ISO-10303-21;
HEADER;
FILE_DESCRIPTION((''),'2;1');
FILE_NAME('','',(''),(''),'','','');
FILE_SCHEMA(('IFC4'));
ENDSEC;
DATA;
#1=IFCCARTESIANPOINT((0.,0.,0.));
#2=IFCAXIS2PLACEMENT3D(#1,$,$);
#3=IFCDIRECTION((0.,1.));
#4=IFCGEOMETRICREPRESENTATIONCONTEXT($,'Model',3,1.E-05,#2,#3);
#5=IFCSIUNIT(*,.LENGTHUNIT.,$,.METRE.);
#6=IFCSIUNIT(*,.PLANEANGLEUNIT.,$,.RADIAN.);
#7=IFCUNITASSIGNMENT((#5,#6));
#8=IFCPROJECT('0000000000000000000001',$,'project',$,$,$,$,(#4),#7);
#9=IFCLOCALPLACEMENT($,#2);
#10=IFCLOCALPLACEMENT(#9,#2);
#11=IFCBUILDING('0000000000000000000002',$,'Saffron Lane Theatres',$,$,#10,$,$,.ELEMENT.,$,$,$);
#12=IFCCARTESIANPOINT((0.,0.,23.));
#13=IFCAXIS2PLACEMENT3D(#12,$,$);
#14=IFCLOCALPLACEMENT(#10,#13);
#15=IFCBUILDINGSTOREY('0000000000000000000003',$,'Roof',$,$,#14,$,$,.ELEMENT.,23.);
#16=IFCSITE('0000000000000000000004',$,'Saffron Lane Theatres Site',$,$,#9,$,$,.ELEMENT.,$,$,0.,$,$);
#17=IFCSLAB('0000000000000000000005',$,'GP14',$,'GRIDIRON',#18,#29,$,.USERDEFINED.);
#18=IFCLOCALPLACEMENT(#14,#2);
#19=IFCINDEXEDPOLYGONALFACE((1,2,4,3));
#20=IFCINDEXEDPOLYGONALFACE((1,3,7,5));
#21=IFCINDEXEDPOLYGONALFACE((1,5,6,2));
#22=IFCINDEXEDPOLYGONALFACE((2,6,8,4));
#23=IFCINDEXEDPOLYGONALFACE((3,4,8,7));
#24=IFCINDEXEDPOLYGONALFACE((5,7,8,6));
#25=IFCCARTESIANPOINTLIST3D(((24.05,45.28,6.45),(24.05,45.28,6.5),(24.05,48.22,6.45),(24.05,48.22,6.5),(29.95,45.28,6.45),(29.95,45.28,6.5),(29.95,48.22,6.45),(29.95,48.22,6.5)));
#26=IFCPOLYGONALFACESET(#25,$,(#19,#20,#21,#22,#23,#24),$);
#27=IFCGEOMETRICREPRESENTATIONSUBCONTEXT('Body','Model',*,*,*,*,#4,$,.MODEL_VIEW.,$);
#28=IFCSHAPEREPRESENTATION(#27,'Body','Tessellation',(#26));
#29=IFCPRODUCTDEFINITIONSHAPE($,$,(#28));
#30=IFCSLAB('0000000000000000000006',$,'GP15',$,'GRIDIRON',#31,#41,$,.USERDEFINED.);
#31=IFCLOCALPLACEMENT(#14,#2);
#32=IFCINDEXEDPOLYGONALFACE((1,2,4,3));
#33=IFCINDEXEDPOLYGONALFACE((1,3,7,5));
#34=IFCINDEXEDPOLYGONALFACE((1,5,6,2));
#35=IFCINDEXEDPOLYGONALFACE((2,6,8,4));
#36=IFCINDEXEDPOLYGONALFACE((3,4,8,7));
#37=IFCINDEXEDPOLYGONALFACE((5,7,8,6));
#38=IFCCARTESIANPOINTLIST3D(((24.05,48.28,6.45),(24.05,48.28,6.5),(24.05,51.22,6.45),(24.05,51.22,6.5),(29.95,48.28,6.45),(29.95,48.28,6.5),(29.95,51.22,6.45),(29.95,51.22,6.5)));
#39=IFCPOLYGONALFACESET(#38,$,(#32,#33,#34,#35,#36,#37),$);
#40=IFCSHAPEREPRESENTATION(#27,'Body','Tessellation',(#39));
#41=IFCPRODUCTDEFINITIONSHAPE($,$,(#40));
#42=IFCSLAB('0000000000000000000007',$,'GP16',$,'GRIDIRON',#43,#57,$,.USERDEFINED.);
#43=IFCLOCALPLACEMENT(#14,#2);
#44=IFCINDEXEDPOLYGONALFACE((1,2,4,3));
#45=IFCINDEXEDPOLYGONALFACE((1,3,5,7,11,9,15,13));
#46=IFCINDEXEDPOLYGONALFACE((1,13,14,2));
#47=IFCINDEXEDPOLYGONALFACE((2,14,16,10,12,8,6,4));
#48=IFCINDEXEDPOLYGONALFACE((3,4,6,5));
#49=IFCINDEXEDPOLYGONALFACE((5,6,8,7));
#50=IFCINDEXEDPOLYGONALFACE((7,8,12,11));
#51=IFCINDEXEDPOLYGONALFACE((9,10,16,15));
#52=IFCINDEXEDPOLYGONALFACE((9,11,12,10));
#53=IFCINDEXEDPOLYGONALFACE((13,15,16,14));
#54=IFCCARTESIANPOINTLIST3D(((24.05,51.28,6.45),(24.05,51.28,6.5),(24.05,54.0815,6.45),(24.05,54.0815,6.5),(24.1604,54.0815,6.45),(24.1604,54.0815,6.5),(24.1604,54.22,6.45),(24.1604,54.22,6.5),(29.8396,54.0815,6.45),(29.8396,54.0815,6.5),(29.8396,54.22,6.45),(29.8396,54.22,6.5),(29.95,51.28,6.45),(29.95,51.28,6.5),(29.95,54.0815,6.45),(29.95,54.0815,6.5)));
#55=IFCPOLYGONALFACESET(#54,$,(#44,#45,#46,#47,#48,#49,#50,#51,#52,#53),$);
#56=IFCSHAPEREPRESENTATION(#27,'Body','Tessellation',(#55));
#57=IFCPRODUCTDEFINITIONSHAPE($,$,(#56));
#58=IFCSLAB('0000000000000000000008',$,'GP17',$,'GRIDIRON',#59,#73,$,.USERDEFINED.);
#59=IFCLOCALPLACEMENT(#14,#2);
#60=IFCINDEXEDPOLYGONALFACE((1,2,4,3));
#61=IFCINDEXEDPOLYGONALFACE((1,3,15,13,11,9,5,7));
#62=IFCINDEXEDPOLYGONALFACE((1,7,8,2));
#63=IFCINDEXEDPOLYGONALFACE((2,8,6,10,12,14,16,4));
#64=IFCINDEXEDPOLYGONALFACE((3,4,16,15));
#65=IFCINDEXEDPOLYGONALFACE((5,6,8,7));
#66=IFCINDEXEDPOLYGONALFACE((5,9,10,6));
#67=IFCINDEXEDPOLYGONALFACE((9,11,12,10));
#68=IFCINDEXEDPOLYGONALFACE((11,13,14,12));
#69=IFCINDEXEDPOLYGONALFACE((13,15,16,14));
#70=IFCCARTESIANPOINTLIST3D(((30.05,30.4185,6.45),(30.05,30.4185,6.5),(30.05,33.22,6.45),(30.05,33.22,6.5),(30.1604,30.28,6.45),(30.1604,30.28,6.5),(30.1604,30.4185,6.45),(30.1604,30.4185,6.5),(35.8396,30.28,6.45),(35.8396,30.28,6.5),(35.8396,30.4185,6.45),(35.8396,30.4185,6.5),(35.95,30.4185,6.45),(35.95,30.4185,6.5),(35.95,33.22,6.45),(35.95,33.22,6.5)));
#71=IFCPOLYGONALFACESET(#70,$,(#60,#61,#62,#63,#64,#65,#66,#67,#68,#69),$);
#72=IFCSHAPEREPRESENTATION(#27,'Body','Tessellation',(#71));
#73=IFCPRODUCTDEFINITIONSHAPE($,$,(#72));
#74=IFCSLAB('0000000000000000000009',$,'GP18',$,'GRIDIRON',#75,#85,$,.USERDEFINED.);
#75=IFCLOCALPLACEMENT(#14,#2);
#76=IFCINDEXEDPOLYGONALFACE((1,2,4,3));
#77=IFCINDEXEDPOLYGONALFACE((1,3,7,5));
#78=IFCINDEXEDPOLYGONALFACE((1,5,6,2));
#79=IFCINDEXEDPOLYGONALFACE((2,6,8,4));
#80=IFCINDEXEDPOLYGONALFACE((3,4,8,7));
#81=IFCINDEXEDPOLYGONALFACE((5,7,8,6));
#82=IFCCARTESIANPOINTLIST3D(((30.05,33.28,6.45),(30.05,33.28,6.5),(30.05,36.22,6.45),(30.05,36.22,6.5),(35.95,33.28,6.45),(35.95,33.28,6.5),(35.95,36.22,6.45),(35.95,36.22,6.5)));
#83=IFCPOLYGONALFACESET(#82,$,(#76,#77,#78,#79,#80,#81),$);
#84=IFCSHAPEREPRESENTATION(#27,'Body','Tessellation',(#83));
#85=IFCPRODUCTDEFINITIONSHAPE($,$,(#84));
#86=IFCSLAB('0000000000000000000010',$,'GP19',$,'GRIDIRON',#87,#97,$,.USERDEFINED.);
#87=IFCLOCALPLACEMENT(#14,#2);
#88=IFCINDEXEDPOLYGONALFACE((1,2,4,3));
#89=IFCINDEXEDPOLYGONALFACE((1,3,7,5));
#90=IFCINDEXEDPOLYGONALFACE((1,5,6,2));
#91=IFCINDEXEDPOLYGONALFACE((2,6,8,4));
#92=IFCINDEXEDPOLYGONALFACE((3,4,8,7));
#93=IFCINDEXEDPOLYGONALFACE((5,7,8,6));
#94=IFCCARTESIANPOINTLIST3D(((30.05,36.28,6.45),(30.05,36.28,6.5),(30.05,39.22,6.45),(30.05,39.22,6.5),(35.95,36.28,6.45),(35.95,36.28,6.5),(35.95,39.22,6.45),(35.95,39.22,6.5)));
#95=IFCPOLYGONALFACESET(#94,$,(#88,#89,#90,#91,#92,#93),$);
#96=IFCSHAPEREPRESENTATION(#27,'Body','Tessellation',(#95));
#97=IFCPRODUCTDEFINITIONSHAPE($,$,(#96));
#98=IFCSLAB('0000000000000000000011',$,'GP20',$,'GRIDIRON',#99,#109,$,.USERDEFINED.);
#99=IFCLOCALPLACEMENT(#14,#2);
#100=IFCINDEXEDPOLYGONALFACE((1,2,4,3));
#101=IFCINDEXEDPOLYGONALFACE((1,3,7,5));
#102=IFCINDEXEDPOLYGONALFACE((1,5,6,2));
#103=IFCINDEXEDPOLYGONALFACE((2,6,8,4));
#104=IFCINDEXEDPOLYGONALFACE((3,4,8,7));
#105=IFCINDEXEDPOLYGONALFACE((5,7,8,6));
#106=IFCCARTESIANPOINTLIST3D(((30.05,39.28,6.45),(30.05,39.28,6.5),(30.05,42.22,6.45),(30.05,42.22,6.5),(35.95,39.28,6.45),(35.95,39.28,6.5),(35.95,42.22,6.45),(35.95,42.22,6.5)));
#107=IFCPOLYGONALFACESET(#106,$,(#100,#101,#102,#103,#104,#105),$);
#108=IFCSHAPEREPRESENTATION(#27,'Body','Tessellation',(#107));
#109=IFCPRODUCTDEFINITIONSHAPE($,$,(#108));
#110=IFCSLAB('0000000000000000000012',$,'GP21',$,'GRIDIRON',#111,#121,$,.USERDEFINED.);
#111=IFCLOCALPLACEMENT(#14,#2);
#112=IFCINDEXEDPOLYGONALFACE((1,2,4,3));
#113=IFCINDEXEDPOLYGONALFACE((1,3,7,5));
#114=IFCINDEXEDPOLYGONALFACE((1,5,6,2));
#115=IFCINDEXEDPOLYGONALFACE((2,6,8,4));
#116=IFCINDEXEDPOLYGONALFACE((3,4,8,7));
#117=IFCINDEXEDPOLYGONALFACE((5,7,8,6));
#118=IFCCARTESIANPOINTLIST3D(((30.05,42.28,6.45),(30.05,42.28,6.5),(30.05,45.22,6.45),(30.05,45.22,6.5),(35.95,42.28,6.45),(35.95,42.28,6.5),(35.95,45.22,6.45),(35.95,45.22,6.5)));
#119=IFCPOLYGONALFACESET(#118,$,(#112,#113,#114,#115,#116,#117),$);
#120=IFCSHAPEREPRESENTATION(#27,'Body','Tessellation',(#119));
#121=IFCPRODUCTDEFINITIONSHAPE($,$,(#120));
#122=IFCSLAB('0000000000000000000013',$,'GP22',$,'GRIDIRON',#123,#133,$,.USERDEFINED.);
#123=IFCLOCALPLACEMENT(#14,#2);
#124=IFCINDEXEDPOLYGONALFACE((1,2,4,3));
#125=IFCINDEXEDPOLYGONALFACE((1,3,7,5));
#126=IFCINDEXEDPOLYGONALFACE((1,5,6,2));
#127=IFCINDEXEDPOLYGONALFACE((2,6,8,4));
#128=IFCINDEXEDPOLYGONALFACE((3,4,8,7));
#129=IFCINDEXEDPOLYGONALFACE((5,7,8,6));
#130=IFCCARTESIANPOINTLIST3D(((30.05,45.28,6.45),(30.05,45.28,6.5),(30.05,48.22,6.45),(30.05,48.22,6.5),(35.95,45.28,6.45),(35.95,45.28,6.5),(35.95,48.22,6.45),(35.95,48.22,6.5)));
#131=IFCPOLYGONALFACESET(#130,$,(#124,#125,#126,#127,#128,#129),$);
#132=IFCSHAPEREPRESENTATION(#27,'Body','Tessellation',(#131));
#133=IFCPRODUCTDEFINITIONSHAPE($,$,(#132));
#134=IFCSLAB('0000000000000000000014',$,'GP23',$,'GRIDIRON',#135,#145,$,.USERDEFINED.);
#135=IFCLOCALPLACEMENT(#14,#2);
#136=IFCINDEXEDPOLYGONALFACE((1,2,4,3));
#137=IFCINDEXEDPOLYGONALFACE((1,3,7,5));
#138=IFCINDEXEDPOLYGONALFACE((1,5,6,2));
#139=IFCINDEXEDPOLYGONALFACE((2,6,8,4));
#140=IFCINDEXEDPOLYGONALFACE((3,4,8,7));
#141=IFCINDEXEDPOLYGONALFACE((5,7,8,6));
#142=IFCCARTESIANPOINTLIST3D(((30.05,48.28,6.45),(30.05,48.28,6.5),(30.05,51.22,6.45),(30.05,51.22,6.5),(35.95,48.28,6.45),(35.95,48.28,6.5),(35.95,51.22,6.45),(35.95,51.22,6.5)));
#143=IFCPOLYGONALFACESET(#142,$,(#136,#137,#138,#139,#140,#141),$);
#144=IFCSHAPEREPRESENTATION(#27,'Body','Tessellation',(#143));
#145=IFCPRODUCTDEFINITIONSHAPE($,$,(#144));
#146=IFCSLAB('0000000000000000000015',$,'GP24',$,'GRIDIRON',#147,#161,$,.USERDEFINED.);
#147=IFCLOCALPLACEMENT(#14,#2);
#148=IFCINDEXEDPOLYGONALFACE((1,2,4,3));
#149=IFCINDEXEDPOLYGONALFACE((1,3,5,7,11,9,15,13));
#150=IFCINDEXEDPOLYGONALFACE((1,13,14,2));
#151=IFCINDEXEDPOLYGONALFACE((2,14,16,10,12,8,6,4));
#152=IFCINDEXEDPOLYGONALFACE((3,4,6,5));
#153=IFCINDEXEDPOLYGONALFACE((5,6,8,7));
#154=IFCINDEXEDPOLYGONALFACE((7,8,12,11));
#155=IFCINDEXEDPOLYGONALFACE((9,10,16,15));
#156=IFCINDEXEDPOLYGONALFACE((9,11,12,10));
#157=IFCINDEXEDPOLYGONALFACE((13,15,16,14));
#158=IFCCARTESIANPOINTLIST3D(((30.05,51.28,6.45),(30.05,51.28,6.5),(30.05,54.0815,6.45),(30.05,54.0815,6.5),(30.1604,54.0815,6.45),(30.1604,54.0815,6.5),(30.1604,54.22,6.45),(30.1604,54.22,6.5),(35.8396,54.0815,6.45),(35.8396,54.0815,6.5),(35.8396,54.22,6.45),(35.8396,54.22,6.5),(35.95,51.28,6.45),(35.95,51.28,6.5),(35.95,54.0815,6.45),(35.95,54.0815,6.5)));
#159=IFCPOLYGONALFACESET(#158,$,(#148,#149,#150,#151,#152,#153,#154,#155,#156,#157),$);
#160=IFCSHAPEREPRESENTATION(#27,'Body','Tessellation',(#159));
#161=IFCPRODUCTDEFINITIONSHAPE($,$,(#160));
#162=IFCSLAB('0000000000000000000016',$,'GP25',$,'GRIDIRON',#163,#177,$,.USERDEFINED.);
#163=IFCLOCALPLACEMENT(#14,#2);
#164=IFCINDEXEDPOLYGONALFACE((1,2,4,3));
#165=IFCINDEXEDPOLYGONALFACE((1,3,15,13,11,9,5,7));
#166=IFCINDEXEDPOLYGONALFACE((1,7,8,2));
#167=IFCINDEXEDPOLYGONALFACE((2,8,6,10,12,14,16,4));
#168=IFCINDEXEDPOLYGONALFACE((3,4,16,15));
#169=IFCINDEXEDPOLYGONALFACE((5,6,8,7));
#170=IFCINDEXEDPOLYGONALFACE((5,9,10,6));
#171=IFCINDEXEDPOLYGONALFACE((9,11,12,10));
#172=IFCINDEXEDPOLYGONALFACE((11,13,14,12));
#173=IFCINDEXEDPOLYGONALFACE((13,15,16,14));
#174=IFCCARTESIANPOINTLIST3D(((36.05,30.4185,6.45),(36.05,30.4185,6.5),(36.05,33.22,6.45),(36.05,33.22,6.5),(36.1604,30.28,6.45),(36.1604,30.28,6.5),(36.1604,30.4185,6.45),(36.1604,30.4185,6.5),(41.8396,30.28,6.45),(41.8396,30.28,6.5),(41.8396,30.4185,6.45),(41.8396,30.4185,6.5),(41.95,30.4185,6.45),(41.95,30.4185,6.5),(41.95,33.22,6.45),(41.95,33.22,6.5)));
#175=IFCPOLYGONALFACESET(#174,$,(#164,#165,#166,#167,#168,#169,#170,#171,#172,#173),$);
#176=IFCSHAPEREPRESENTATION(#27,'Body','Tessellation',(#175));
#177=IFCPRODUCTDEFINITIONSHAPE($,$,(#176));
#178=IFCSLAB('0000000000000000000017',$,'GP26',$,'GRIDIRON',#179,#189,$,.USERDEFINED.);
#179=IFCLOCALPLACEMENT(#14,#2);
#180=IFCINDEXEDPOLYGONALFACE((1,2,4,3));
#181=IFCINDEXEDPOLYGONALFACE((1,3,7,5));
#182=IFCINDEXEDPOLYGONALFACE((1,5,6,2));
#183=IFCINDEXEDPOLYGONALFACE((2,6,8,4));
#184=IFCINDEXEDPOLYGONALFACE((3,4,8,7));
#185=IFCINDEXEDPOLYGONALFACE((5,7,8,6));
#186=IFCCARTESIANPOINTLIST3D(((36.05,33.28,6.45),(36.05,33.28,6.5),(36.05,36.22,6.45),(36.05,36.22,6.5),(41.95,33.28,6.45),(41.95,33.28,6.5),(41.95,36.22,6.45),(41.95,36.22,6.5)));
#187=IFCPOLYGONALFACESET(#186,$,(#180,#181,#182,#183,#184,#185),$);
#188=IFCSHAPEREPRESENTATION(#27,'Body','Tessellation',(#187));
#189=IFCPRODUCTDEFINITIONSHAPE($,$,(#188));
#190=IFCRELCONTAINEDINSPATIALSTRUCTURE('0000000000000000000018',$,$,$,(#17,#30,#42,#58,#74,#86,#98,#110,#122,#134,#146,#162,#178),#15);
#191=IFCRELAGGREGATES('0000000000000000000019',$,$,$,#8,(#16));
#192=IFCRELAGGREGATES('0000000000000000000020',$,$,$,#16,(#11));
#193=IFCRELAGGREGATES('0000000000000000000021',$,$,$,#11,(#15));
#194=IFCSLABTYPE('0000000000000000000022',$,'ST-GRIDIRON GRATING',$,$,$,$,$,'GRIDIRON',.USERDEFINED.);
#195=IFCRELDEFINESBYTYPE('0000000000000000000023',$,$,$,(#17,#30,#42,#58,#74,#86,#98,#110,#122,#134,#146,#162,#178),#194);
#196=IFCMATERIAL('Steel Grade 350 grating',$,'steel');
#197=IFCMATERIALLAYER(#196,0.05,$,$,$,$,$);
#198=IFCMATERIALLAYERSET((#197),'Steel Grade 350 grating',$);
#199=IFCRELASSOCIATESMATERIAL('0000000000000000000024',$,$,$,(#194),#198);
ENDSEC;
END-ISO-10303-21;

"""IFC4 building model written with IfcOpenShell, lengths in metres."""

from ifc_helpers import new_model, si_unit, direction, frame, origin, place, context, subcontext, project, spatial, polyline, outline, extrude, material, layer, layer_set, type_object, element, save


model = new_model("IFC4")

# Units and contexts
model_context = context("Model", 3, precision=1e-05, world=origin(), true_north=direction((0.0, 1.0)))
body_context = subcontext(model_context, "Body", "Model", "MODEL_VIEW")
ifc_project = project(units=[si_unit("LENGTHUNIT", "METRE"), si_unit("PLANEANGLEUNIT", "RADIAN")], contexts=[model_context])

# Site, building, storey
site_placement = place(None, origin())
site = spatial("IfcSite", under=ifc_project, at=site_placement, Name="Saffron Lane Theatres Site", CompositionType="ELEMENT", RefElevation=0.0)
building_placement = place(site_placement, origin())
building = spatial("IfcBuilding", under=site, at=building_placement, Name="Saffron Lane Theatres", CompositionType="ELEMENT")
storey_placement = place(building_placement, frame((0.0, 0.0, 23.0)))
storey = spatial("IfcBuildingStorey", under=building, at=storey_placement, Name="Roof", CompositionType="ELEMENT", Elevation=23.0)

# Slabs
ifc_material = material(Name="Steel Grade 350 grating", Category="steel")
ifc_layer = layer(ifc_material, 0.05)
ifc_layer_set = layer_set([ifc_layer], Name="Steel Grade 350 grating")
slab_type = type_object("IfcSlabType", Name="ST-GRIDIRON GRATING", ElementType="GRIDIRON", PredefinedType="USERDEFINED", material=ifc_layer_set)
slab_1_placement = place(storey_placement, frame((0.0, 0.0, 6.45)))
element("IfcSlab", 1, at=slab_1_placement, inside=storey, type_object=slab_type, Name="GP14", ObjectType="GRIDIRON", PredefinedType="USERDEFINED", context=body_context, shape_type="SweptSolid", body=[
    extrude(outline(polyline([(29.95, 45.28), (24.05, 45.28), (24.05, 48.22), (29.95, 48.22), (29.95, 45.28)])), origin(), (0.0, 0.0, 1.0), 0.05),
])
slab_2_placement = place(storey_placement, frame((0.0, 0.0, 6.45)))
element("IfcSlab", 2, at=slab_2_placement, inside=storey, type_object=slab_type, Name="GP15", ObjectType="GRIDIRON", PredefinedType="USERDEFINED", context=body_context, shape_type="SweptSolid", body=[
    extrude(outline(polyline([(29.95, 48.28), (24.05, 48.28), (24.05, 51.22), (29.95, 51.22), (29.95, 48.28)])), origin(), (0.0, 0.0, 1.0), 0.05),
])
slab_3_placement = place(storey_placement, frame((0.0, 0.0, 6.45)))
element("IfcSlab", 3, at=slab_3_placement, inside=storey, type_object=slab_type, Name="GP16", ObjectType="GRIDIRON", PredefinedType="USERDEFINED", context=body_context, shape_type="SweptSolid", body=[
    extrude(outline(polyline([(24.1604, 54.22), (29.8396, 54.22), (29.8396, 54.0815), (29.95, 54.0815), (29.95, 51.28), (24.05, 51.28), (24.05, 54.0815), (24.1604, 54.0815), (24.1604, 54.22)])), origin(), (0.0, 0.0, 1.0), 0.05),
])
slab_4_placement = place(storey_placement, frame((0.0, 0.0, 6.45)))
element("IfcSlab", 4, at=slab_4_placement, inside=storey, type_object=slab_type, Name="GP17", ObjectType="GRIDIRON", PredefinedType="USERDEFINED", context=body_context, shape_type="SweptSolid", body=[
    extrude(outline(polyline([(30.05, 33.22), (35.95, 33.22), (35.95, 30.4185), (35.8396, 30.4185), (35.8396, 30.28), (30.1604, 30.28), (30.1604, 30.4185), (30.05, 30.4185), (30.05, 33.22)])), origin(), (0.0, 0.0, 1.0), 0.05),
])
slab_5_placement = place(storey_placement, frame((0.0, 0.0, 6.45)))
element("IfcSlab", 5, at=slab_5_placement, inside=storey, type_object=slab_type, Name="GP18", ObjectType="GRIDIRON", PredefinedType="USERDEFINED", context=body_context, shape_type="SweptSolid", body=[
    extrude(outline(polyline([(35.95, 33.28), (30.05, 33.28), (30.05, 36.22), (35.95, 36.22), (35.95, 33.28)])), origin(), (0.0, 0.0, 1.0), 0.05),
])
slab_6_placement = place(storey_placement, frame((0.0, 0.0, 6.45)))
element("IfcSlab", 6, at=slab_6_placement, inside=storey, type_object=slab_type, Name="GP19", ObjectType="GRIDIRON", PredefinedType="USERDEFINED", context=body_context, shape_type="SweptSolid", body=[
    extrude(outline(polyline([(35.95, 36.28), (30.05, 36.28), (30.05, 39.22), (35.95, 39.22), (35.95, 36.28)])), origin(), (0.0, 0.0, 1.0), 0.05),
])
slab_7_placement = place(storey_placement, frame((0.0, 0.0, 6.45)))
element("IfcSlab", 7, at=slab_7_placement, inside=storey, type_object=slab_type, Name="GP20", ObjectType="GRIDIRON", PredefinedType="USERDEFINED", context=body_context, shape_type="SweptSolid", body=[
    extrude(outline(polyline([(35.95, 39.28), (30.05, 39.28), (30.05, 42.22), (35.95, 42.22), (35.95, 39.28)])), origin(), (0.0, 0.0, 1.0), 0.05),
])
slab_8_placement = place(storey_placement, frame((0.0, 0.0, 6.45)))
element("IfcSlab", 8, at=slab_8_placement, inside=storey, type_object=slab_type, Name="GP21", ObjectType="GRIDIRON", PredefinedType="USERDEFINED", context=body_context, shape_type="SweptSolid", body=[
    extrude(outline(polyline([(35.95, 42.28), (30.05, 42.28), (30.05, 45.22), (35.95, 45.22), (35.95, 42.28)])), origin(), (0.0, 0.0, 1.0), 0.05),
])
slab_9_placement = place(storey_placement, frame((0.0, 0.0, 6.45)))
element("IfcSlab", 9, at=slab_9_placement, inside=storey, type_object=slab_type, Name="GP22", ObjectType="GRIDIRON", PredefinedType="USERDEFINED", context=body_context, shape_type="SweptSolid", body=[
    extrude(outline(polyline([(35.95, 45.28), (30.05, 45.28), (30.05, 48.22), (35.95, 48.22), (35.95, 45.28)])), origin(), (0.0, 0.0, 1.0), 0.05),
])
slab_10_placement = place(storey_placement, frame((0.0, 0.0, 6.45)))
element("IfcSlab", 10, at=slab_10_placement, inside=storey, type_object=slab_type, Name="GP23", ObjectType="GRIDIRON", PredefinedType="USERDEFINED", context=body_context, shape_type="SweptSolid", body=[
    extrude(outline(polyline([(35.95, 48.28), (30.05, 48.28), (30.05, 51.22), (35.95, 51.22), (35.95, 48.28)])), origin(), (0.0, 0.0, 1.0), 0.05),
])
slab_11_placement = place(storey_placement, frame((0.0, 0.0, 6.45)))
element("IfcSlab", 11, at=slab_11_placement, inside=storey, type_object=slab_type, Name="GP24", ObjectType="GRIDIRON", PredefinedType="USERDEFINED", context=body_context, shape_type="SweptSolid", body=[
    extrude(outline(polyline([(30.1604, 54.22), (35.8396, 54.22), (35.8396, 54.0815), (35.95, 54.0815), (35.95, 51.28), (30.05, 51.28), (30.05, 54.0815), (30.1604, 54.0815), (30.1604, 54.22)])), origin(), (0.0, 0.0, 1.0), 0.05),
])
slab_12_placement = place(storey_placement, frame((0.0, 0.0, 6.45)))
element("IfcSlab", 12, at=slab_12_placement, inside=storey, type_object=slab_type, Name="GP25", ObjectType="GRIDIRON", PredefinedType="USERDEFINED", context=body_context, shape_type="SweptSolid", body=[
    extrude(outline(polyline([(41.95, 30.4185), (41.8396, 30.4185), (41.8396, 30.28), (36.1604, 30.28), (36.1604, 30.4185), (36.05, 30.4185), (36.05, 33.22), (41.95, 33.22), (41.95, 30.4185)])), origin(), (0.0, 0.0, 1.0), 0.05),
])
slab_13_placement = place(storey_placement, frame((0.0, 0.0, 6.45)))
element("IfcSlab", 13, at=slab_13_placement, inside=storey, type_object=slab_type, Name="GP26", ObjectType="GRIDIRON", PredefinedType="USERDEFINED", context=body_context, shape_type="SweptSolid", body=[
    extrude(outline(polyline([(41.95, 33.28), (36.05, 33.28), (36.05, 36.22), (41.95, 36.22), (41.95, 33.28)])), origin(), (0.0, 0.0, 1.0), 0.05),
])

save(model, "model.ifc")
